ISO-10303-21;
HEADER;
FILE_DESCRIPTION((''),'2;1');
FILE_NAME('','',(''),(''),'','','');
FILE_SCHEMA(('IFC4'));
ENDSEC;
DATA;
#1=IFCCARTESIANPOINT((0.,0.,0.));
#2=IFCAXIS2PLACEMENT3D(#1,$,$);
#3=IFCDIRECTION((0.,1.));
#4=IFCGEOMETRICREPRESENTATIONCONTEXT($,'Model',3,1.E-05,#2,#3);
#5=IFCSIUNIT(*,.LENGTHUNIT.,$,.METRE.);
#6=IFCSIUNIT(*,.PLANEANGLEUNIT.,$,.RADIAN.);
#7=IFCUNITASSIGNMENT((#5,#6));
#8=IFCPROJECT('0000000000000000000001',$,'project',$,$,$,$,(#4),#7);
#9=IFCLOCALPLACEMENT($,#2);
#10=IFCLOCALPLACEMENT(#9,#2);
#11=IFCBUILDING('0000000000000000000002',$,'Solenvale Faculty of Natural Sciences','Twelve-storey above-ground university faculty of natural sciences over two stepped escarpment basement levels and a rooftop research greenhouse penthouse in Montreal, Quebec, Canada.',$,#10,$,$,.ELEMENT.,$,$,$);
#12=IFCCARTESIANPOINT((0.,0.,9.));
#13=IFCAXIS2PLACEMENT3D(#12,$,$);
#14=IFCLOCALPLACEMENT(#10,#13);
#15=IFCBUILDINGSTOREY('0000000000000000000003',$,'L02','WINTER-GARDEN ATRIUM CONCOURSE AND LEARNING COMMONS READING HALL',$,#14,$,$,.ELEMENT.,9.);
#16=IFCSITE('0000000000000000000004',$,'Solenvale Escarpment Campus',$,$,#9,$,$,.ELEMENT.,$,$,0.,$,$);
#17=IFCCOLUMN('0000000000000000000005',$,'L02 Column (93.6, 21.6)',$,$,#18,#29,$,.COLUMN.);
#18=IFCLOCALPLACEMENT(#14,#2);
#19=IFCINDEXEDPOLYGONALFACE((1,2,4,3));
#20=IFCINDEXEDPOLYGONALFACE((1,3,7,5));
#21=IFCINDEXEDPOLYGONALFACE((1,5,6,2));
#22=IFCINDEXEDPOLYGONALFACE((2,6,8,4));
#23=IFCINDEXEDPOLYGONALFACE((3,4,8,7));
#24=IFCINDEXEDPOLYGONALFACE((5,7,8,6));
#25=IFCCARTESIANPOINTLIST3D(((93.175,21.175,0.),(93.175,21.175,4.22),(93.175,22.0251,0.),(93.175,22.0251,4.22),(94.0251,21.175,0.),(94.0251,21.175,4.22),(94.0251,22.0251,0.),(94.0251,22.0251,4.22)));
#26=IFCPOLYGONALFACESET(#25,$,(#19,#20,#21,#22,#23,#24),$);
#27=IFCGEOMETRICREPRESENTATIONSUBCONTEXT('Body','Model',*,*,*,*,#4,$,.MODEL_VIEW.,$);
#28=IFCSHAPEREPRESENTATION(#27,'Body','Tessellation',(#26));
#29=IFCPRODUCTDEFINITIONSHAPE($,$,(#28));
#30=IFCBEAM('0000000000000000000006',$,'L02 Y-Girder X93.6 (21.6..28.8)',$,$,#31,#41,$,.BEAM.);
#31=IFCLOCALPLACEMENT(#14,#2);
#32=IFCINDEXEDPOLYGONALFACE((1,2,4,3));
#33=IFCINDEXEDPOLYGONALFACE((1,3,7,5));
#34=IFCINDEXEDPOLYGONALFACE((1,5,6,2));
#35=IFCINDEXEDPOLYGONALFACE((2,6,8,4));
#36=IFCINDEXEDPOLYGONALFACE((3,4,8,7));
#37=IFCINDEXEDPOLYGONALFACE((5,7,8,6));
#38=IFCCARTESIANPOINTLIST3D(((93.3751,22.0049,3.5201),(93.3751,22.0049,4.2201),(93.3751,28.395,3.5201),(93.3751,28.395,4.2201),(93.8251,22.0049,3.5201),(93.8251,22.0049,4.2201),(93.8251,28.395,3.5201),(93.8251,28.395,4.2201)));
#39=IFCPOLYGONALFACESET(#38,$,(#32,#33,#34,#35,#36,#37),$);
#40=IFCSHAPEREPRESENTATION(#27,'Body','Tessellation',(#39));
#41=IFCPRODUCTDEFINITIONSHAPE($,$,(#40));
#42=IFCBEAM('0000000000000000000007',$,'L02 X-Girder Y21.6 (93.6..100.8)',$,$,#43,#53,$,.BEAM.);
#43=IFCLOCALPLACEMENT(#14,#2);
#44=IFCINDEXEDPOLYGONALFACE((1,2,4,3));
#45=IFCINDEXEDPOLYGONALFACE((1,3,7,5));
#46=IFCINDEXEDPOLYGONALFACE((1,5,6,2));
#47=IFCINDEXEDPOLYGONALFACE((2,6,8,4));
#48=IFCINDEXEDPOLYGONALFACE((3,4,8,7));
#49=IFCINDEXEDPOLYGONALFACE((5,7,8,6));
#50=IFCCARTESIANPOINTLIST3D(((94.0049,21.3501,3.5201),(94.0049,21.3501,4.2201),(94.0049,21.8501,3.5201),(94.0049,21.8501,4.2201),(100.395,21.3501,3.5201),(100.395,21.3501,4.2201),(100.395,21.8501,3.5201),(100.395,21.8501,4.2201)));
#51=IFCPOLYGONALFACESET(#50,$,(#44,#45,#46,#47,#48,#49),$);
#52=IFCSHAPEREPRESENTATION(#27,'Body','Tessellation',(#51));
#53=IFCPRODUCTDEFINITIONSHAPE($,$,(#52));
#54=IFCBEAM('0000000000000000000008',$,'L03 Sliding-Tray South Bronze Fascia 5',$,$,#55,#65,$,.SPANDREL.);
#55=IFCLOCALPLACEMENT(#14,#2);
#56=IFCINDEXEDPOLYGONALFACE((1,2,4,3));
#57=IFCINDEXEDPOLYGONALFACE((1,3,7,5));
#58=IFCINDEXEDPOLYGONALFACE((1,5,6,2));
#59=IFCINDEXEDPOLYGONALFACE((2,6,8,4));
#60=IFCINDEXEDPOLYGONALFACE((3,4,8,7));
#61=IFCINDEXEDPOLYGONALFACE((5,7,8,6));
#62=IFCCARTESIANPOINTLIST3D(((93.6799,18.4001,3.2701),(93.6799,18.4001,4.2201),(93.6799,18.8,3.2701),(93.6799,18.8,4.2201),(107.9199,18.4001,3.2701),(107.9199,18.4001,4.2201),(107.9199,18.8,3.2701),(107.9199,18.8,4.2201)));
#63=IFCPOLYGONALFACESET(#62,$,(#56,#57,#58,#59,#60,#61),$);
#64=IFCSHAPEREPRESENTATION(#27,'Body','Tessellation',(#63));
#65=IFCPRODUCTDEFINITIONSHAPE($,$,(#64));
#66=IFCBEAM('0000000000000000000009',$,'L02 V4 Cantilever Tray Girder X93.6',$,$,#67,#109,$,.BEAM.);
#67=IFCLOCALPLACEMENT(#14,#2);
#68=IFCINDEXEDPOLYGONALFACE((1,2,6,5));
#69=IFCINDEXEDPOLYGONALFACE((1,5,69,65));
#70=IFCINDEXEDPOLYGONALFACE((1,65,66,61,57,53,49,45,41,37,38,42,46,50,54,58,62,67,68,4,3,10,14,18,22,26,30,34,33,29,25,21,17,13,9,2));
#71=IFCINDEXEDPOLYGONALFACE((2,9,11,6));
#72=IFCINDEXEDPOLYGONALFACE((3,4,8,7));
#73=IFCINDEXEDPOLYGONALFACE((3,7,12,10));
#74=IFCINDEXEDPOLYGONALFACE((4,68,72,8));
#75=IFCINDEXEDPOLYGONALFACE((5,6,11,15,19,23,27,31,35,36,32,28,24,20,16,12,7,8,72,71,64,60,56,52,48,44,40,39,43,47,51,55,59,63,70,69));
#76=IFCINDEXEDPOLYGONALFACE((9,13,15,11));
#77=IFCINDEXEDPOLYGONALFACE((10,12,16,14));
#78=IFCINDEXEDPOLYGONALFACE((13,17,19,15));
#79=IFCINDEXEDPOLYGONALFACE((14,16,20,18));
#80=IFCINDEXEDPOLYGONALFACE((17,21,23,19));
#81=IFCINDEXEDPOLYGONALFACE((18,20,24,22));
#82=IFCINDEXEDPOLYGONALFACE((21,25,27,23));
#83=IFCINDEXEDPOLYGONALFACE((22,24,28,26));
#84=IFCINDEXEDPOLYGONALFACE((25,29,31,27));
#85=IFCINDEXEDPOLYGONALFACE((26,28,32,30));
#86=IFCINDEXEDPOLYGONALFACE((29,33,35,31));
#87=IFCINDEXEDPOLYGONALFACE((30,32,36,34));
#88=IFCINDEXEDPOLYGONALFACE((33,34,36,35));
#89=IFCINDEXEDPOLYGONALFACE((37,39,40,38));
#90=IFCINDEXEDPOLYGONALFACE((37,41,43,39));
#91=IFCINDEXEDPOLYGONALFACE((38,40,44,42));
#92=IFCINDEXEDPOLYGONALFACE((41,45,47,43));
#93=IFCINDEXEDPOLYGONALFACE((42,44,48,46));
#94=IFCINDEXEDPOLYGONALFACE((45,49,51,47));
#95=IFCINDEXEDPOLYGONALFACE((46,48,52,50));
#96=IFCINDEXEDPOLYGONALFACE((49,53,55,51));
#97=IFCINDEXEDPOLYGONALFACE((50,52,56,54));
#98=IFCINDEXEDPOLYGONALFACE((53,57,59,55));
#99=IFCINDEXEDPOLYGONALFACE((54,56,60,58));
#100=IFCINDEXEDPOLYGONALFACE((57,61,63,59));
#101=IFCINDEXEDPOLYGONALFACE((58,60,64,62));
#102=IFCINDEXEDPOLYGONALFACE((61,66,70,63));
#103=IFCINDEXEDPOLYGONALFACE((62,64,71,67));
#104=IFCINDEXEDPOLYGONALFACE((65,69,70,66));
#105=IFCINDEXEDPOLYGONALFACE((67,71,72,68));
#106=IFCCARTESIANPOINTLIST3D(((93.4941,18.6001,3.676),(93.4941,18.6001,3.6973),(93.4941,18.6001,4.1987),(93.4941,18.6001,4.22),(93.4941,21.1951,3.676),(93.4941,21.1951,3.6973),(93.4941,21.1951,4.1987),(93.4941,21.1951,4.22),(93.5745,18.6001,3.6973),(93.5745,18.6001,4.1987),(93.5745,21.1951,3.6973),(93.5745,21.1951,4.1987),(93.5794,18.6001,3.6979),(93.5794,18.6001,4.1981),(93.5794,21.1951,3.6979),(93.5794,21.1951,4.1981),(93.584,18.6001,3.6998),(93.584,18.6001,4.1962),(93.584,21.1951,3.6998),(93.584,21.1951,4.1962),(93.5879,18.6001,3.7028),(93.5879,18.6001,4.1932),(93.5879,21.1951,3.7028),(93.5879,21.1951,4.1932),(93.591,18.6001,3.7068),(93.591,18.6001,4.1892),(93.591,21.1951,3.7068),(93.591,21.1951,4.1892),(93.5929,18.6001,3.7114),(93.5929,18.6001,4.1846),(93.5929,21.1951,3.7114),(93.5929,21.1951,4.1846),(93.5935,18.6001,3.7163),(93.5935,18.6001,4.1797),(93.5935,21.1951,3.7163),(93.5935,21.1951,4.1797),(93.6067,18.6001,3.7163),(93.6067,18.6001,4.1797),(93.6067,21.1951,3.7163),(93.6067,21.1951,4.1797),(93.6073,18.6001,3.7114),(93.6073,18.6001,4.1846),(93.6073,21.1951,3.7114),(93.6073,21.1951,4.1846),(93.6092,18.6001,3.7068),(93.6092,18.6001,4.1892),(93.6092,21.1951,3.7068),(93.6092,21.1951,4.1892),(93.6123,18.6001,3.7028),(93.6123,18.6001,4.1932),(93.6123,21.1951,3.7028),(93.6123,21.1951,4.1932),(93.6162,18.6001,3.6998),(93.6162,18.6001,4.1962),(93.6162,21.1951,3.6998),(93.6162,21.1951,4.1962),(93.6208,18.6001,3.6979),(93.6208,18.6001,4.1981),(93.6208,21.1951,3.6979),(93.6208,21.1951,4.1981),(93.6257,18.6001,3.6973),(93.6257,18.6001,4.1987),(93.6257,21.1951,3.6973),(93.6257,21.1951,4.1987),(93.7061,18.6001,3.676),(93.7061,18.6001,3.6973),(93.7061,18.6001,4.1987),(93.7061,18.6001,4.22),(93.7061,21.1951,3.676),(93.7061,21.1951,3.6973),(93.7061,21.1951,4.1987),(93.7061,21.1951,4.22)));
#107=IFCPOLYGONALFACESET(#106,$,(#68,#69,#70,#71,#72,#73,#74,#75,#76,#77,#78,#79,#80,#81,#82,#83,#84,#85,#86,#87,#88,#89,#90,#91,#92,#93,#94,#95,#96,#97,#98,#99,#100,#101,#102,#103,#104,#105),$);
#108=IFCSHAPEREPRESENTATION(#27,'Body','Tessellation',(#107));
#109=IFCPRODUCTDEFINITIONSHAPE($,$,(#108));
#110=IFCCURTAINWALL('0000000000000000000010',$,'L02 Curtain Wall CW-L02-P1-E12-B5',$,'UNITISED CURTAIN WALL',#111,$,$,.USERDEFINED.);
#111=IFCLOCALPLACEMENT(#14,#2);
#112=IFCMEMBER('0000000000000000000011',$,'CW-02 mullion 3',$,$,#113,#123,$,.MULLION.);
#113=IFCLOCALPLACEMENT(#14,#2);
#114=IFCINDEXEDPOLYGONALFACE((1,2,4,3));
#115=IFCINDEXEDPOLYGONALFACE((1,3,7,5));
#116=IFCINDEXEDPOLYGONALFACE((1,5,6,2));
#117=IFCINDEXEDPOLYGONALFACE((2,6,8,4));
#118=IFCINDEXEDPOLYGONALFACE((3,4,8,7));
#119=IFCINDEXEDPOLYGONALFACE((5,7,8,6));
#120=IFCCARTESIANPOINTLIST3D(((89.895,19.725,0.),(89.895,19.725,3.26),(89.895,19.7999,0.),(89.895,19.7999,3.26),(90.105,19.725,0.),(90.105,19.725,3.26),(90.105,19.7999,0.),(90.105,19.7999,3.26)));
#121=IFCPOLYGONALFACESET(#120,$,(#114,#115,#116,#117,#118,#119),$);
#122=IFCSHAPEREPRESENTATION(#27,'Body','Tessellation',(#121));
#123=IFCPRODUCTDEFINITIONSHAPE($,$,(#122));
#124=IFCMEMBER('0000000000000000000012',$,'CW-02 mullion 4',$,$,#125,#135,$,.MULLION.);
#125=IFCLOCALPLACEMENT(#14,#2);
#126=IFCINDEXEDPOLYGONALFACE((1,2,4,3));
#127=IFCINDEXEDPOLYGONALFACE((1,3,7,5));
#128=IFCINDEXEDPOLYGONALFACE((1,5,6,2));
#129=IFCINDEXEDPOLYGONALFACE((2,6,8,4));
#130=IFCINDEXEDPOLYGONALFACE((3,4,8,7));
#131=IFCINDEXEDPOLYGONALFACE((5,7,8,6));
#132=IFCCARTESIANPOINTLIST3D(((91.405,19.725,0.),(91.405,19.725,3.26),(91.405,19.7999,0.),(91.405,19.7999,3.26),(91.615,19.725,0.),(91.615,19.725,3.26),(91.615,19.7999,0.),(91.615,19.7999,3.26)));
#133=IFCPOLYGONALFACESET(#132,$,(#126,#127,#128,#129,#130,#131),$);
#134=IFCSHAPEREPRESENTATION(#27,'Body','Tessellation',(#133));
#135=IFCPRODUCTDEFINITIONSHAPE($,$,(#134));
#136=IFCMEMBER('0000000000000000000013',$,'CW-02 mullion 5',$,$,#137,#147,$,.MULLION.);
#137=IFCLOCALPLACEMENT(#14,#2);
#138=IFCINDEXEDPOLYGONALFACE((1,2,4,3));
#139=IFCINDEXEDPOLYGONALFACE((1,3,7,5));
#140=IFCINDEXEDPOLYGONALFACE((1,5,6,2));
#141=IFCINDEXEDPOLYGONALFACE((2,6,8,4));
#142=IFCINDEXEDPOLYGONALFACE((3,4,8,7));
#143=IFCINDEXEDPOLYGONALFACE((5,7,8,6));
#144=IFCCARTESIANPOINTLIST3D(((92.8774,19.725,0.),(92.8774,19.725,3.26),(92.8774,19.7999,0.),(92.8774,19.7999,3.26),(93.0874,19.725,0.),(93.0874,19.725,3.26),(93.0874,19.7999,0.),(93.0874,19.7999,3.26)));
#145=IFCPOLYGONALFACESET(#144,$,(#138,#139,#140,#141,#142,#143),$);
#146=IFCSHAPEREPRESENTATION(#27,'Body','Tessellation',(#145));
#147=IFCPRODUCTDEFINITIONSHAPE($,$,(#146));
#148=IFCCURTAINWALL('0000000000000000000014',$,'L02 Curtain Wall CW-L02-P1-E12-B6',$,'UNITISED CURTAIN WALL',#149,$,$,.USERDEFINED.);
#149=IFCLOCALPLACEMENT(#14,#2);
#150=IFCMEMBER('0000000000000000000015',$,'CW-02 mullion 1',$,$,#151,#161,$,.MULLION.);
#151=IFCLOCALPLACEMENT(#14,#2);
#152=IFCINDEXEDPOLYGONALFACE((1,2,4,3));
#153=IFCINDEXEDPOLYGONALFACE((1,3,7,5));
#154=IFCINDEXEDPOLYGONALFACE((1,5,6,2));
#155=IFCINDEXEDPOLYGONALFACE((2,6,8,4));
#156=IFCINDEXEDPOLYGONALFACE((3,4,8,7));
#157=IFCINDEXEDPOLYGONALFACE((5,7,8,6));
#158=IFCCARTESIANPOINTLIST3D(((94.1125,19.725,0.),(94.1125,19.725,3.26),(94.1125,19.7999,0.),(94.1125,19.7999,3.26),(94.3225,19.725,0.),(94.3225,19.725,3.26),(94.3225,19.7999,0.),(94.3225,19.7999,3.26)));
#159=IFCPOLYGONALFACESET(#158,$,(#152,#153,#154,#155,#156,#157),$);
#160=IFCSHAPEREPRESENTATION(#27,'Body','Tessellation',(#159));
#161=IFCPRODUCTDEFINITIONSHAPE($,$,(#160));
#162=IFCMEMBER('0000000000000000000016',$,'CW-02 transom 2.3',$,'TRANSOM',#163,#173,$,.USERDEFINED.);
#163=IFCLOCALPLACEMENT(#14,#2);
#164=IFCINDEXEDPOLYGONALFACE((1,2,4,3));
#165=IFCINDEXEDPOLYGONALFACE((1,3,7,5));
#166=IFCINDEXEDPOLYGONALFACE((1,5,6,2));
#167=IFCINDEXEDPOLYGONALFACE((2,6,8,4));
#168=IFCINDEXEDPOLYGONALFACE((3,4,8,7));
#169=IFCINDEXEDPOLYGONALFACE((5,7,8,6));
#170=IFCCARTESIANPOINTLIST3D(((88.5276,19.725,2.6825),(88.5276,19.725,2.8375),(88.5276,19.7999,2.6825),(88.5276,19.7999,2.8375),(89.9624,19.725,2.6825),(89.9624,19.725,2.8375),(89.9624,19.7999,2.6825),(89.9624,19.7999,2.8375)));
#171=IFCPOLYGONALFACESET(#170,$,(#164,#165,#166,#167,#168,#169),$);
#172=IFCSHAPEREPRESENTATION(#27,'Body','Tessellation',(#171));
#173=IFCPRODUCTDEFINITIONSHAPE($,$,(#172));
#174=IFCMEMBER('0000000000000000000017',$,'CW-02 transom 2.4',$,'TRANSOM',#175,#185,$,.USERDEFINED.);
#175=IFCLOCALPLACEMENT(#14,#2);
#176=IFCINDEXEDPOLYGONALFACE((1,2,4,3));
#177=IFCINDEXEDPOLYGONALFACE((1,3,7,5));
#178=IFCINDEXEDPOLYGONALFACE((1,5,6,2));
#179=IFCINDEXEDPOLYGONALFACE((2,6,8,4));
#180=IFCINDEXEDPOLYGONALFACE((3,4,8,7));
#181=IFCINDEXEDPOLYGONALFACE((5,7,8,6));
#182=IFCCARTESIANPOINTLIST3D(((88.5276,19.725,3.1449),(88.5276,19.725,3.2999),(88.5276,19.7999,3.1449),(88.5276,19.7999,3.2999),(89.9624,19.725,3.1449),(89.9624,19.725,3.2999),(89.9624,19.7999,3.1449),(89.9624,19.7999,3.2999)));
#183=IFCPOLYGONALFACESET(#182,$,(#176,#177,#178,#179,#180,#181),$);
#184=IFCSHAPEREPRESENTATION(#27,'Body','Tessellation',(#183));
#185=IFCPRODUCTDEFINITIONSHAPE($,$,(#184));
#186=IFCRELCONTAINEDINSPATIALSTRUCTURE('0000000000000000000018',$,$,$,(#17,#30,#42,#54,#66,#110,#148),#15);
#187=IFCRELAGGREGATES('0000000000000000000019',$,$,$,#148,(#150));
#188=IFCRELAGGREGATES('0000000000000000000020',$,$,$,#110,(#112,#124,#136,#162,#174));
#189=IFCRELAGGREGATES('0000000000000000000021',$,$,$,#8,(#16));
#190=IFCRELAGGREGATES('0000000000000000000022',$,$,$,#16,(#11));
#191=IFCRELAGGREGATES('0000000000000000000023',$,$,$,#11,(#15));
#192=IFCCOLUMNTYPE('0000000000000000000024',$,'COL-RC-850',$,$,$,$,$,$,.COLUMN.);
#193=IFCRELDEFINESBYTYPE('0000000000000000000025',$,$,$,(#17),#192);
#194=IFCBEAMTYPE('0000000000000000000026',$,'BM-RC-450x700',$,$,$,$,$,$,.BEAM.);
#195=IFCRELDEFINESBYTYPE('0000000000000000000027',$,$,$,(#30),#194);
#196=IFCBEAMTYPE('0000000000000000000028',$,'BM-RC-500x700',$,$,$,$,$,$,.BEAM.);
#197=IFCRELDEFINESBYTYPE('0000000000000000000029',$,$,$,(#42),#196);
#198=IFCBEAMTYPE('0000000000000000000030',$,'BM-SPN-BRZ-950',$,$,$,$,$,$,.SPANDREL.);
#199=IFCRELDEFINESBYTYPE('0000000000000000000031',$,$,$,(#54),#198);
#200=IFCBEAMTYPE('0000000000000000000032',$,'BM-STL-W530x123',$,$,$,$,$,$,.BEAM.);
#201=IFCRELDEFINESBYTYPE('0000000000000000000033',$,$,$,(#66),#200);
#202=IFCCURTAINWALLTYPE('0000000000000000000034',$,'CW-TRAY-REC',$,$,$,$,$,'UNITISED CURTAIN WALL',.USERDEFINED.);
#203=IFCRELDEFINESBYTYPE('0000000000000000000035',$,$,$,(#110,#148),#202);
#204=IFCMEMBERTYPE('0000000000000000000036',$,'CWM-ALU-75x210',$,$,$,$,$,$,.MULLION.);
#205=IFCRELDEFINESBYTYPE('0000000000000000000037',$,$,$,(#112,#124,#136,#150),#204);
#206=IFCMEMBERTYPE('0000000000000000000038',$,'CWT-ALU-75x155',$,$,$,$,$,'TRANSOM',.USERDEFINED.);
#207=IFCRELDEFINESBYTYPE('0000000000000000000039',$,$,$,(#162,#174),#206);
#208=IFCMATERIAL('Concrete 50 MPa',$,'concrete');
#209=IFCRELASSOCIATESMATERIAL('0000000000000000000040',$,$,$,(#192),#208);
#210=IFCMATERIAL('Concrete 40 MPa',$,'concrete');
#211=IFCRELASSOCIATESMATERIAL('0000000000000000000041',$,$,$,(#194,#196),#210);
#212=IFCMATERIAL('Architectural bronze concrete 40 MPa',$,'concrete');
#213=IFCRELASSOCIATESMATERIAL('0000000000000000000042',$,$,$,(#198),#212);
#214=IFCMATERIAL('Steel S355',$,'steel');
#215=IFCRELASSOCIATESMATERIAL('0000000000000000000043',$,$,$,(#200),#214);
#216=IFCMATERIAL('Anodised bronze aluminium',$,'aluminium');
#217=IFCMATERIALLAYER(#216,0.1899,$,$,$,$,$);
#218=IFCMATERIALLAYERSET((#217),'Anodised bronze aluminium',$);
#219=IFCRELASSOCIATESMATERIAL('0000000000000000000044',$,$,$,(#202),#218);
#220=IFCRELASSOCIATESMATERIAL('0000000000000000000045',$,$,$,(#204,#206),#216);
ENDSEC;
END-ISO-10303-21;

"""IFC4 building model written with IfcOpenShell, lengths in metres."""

from ifc_helpers import new_model, si_unit, direction, frame, origin, origin_2d, place, context, subcontext, project, spatial, rectangle, i_section, extrude, material, layer, layer_set, material_profile, profile_set, type_object, element, aggregate, save


model = new_model("IFC4")

# Units and contexts
model_context = context("Model", 3, precision=1e-05, world=origin(), true_north=direction((0.0, 1.0)))
body_context = subcontext(model_context, "Body", "Model", "MODEL_VIEW")
ifc_project = project(units=[si_unit("LENGTHUNIT", "METRE"), si_unit("PLANEANGLEUNIT", "RADIAN")], contexts=[model_context])

# Site, building, storey
site_placement = place(None, origin())
site = spatial("IfcSite", under=ifc_project, at=site_placement, Name="Solenvale Escarpment Campus", CompositionType="ELEMENT", RefElevation=0.0)
building_placement = place(site_placement, origin())
building = spatial("IfcBuilding", under=site, at=building_placement, Name="Solenvale Faculty of Natural Sciences", Description="Twelve-storey above-ground university faculty of natural sciences over two stepped escarpment basement levels and a rooftop research greenhouse penthouse in Montreal, Quebec, Canada.", CompositionType="ELEMENT")
storey_placement = place(building_placement, frame((0.0, 0.0, 9.0)))
storey = spatial("IfcBuildingStorey", under=building, at=storey_placement, Name="L02", Description="WINTER-GARDEN ATRIUM CONCOURSE AND LEARNING COMMONS READING HALL", CompositionType="ELEMENT", Elevation=9.0)

# Column
ifc_material_1 = material(Name="Concrete 50 MPa", Category="concrete")
ifc_material_profile_1 = material_profile(ifc_material_1, rectangle(XDim=0.8501, YDim=0.8501, at=origin_2d()), Name="RC-COL-850x850")
ifc_profile_set_1 = profile_set([ifc_material_profile_1], Name="Concrete 50 MPa")
column_type = type_object("IfcColumnType", Name="COL-RC-850", PredefinedType="COLUMN", material=ifc_profile_set_1)
column_placement = place(storey_placement, frame((93.6001, 21.6001, 0.0), z_axis=(0.0, 0.0, 1.0), x_axis=(1.0, 0.0, 0.0)))
element("IfcColumn", 1, at=column_placement, inside=storey, type_object=column_type, Name="L02 Column (93.6, 21.6)", PredefinedType="COLUMN", context=body_context, shape_type="SweptSolid", body=[
    extrude(rectangle(XDim=0.8501, YDim=0.8501, at=origin_2d()), origin(), (0.0, 0.0, 1.0), 4.22),
])

# Beams
ifc_material_2 = material(Name="Concrete 40 MPa", Category="concrete")
ifc_material_profile_2 = material_profile(ifc_material_2, rectangle(XDim=0.45, YDim=0.7, at=origin_2d()), Name="RC-BM-450x700")
ifc_profile_set_2 = profile_set([ifc_material_profile_2], Name="Concrete 40 MPa")
beam_type_1 = type_object("IfcBeamType", Name="BM-RC-450x700", PredefinedType="BEAM", material=ifc_profile_set_2)
beam_1_placement = place(storey_placement, frame((93.6001, 22.0049, 3.8701), z_axis=(0.0, 1.0, 0.0), x_axis=(-1.0, 0.0, 0.0)))
element("IfcBeam", 2, at=beam_1_placement, inside=storey, type_object=beam_type_1, Name="L02 Y-Girder X93.6 (21.6..28.8)", PredefinedType="BEAM", context=body_context, shape_type="SweptSolid", body=[
    extrude(rectangle(XDim=0.45, YDim=0.7, at=origin_2d()), origin(), (0.0, 0.0, 1.0), 6.3901),
])
ifc_material_profile_3 = material_profile(ifc_material_2, rectangle(XDim=0.5, YDim=0.7, at=origin_2d()), Name="RC-BM-500x700")
ifc_profile_set_3 = profile_set([ifc_material_profile_3], Name="Concrete 40 MPa")
beam_type_2 = type_object("IfcBeamType", Name="BM-RC-500x700", PredefinedType="BEAM", material=ifc_profile_set_3)
beam_2_placement = place(storey_placement, frame((94.0049, 21.6001, 3.8701), z_axis=(1.0, 0.0, 0.0), x_axis=(0.0, 1.0, 0.0)))
element("IfcBeam", 3, at=beam_2_placement, inside=storey, type_object=beam_type_2, Name="L02 X-Girder Y21.6 (93.6..100.8)", PredefinedType="BEAM", context=body_context, shape_type="SweptSolid", body=[
    extrude(rectangle(XDim=0.5, YDim=0.7, at=origin_2d()), origin(), (0.0, 0.0, 1.0), 6.3901),
])
ifc_material_3 = material(Name="Architectural bronze concrete 40 MPa", Category="concrete")
ifc_material_profile_4 = material_profile(ifc_material_3, rectangle(XDim=0.3999, YDim=0.95, at=origin_2d()), Name="RC-SPN-400x950")
ifc_profile_set_4 = profile_set([ifc_material_profile_4], Name="Architectural bronze concrete 40 MPa")
beam_type_3 = type_object("IfcBeamType", Name="BM-SPN-BRZ-950", PredefinedType="SPANDREL", material=ifc_profile_set_4)
beam_3_placement = place(storey_placement, frame((93.6799, 18.6001, 3.7451), z_axis=(1.0, 0.0, 0.0), x_axis=(0.0, 1.0, 0.0)))
element("IfcBeam", 4, at=beam_3_placement, inside=storey, type_object=beam_type_3, Name="L03 Sliding-Tray South Bronze Fascia 5", PredefinedType="SPANDREL", context=body_context, shape_type="SweptSolid", body=[
    extrude(rectangle(XDim=0.3999, YDim=0.95, at=origin_2d()), origin(), (0.0, 0.0, 1.0), 14.24),
])
ifc_material_4 = material(Name="Steel S355", Category="steel")
ifc_material_profile_5 = material_profile(ifc_material_4, i_section(OverallWidth=0.2119, OverallDepth=0.5439, WebThickness=0.0132, FlangeThickness=0.0212, FilletRadius=0.019, at=origin_2d()), Name="W530x123")
ifc_profile_set_5 = profile_set([ifc_material_profile_5], Name="Steel S355")
beam_type_4 = type_object("IfcBeamType", Name="BM-STL-W530x123", PredefinedType="BEAM", material=ifc_profile_set_5)
beam_4_placement = place(storey_placement, frame((93.6001, 21.1951, 3.948), z_axis=(0.0, -1.0, 0.0), x_axis=(1.0, 0.0, 0.0)))
element("IfcBeam", 5, at=beam_4_placement, inside=storey, type_object=beam_type_4, Name="L02 V4 Cantilever Tray Girder X93.6", PredefinedType="BEAM", context=body_context, shape_type="SweptSolid", body=[
    extrude(i_section(OverallWidth=0.2119, OverallDepth=0.5439, WebThickness=0.0132, FlangeThickness=0.0212, FilletRadius=0.019, at=origin_2d()), origin(), (0.0, 0.0, 1.0), 2.595),
])

# Curtain wall, members
ifc_material_5 = material(Name="Anodised bronze aluminium", Category="aluminium")
ifc_layer_1 = layer(ifc_material_5, 0.1899)
ifc_layer_set_1 = layer_set([ifc_layer_1], Name="Anodised bronze aluminium")
curtain_wall_type = type_object("IfcCurtainWallType", Name="CW-TRAY-REC", ElementType="UNITISED CURTAIN WALL", PredefinedType="USERDEFINED", material=ifc_layer_set_1)
curtain_wall_1_placement = place(storey_placement, origin())
curtain_wall_1 = element("IfcCurtainWall", 6, at=curtain_wall_1_placement, inside=storey, type_object=curtain_wall_type, Name="L02 Curtain Wall CW-L02-P1-E12-B5", ObjectType="UNITISED CURTAIN WALL", PredefinedType="USERDEFINED")
ifc_material_profile_6 = material_profile(ifc_material_5, rectangle(XDim=0.075, YDim=0.21, at=origin_2d()), Name="ALU-MUL-75x210")
ifc_profile_set_6 = profile_set([ifc_material_profile_6], Name="Anodised bronze aluminium")
member_type_1 = type_object("IfcMemberType", Name="CWM-ALU-75x210", PredefinedType="MULLION", material=ifc_profile_set_6)
member_1_placement = place(storey_placement, frame((90.0, 19.7625, 0.0), z_axis=(0.0, 0.0, 1.0), x_axis=(0.0, 1.0, 0.0)))
member_1 = element("IfcMember", 7, at=member_1_placement, type_object=member_type_1, Name="CW-02 mullion 3", PredefinedType="MULLION", context=body_context, shape_type="SweptSolid", body=[
    extrude(rectangle(XDim=0.075, YDim=0.21, at=origin_2d()), origin(), (0.0, 0.0, 1.0), 3.26),
])
member_2_placement = place(storey_placement, frame((91.51, 19.7625, 0.0), z_axis=(0.0, 0.0, 1.0), x_axis=(0.0, 1.0, 0.0)))
member_2 = element("IfcMember", 8, at=member_2_placement, type_object=member_type_1, Name="CW-02 mullion 4", PredefinedType="MULLION", context=body_context, shape_type="SweptSolid", body=[
    extrude(rectangle(XDim=0.075, YDim=0.21, at=origin_2d()), origin(), (0.0, 0.0, 1.0), 3.26),
])
member_3_placement = place(storey_placement, frame((92.9824, 19.7625, 0.0), z_axis=(0.0, 0.0, 1.0), x_axis=(0.0, 1.0, 0.0)))
member_3 = element("IfcMember", 9, at=member_3_placement, type_object=member_type_1, Name="CW-02 mullion 5", PredefinedType="MULLION", context=body_context, shape_type="SweptSolid", body=[
    extrude(rectangle(XDim=0.075, YDim=0.21, at=origin_2d()), origin(), (0.0, 0.0, 1.0), 3.26),
])

# Curtain wall, member
curtain_wall_2_placement = place(storey_placement, origin())
curtain_wall_2 = element("IfcCurtainWall", 10, at=curtain_wall_2_placement, inside=storey, type_object=curtain_wall_type, Name="L02 Curtain Wall CW-L02-P1-E12-B6", ObjectType="UNITISED CURTAIN WALL", PredefinedType="USERDEFINED")
member_4_placement = place(storey_placement, frame((94.2175, 19.7625, 0.0), z_axis=(0.0, 0.0, 1.0), x_axis=(0.0, 1.0, 0.0)))
member_4 = element("IfcMember", 11, at=member_4_placement, type_object=member_type_1, Name="CW-02 mullion 1", PredefinedType="MULLION", context=body_context, shape_type="SweptSolid", body=[
    extrude(rectangle(XDim=0.075, YDim=0.21, at=origin_2d()), origin(), (0.0, 0.0, 1.0), 3.26),
])
aggregate(curtain_wall_2, [member_4])

# Members
ifc_material_profile_7 = material_profile(ifc_material_5, rectangle(XDim=0.075, YDim=0.155, at=origin_2d()), Name="ALU-TRN-75x155")
ifc_profile_set_7 = profile_set([ifc_material_profile_7], Name="Anodised bronze aluminium")
member_type_2 = type_object("IfcMemberType", Name="CWT-ALU-75x155", ElementType="TRANSOM", PredefinedType="USERDEFINED", material=ifc_profile_set_7)
member_5_placement = place(storey_placement, frame((88.5276, 19.7625, 2.76), z_axis=(1.0, 0.0, 0.0), x_axis=(0.0, 1.0, 0.0)))
member_5 = element("IfcMember", 12, at=member_5_placement, type_object=member_type_2, Name="CW-02 transom 2.3", ObjectType="TRANSOM", PredefinedType="USERDEFINED", context=body_context, shape_type="SweptSolid", body=[
    extrude(rectangle(XDim=0.075, YDim=0.155, at=origin_2d()), origin(), (0.0, 0.0, 1.0), 1.4348),
])
member_6_placement = place(storey_placement, frame((88.5276, 19.7625, 3.2224), z_axis=(1.0, 0.0, 0.0), x_axis=(0.0, 1.0, 0.0)))
member_6 = element("IfcMember", 13, at=member_6_placement, type_object=member_type_2, Name="CW-02 transom 2.4", ObjectType="TRANSOM", PredefinedType="USERDEFINED", context=body_context, shape_type="SweptSolid", body=[
    extrude(rectangle(XDim=0.075, YDim=0.155, at=origin_2d()), origin(), (0.0, 0.0, 1.0), 1.4348),
])

aggregate(curtain_wall_1, [member_1, member_2, member_3, member_5, member_6])

save(model, "model.ifc")
